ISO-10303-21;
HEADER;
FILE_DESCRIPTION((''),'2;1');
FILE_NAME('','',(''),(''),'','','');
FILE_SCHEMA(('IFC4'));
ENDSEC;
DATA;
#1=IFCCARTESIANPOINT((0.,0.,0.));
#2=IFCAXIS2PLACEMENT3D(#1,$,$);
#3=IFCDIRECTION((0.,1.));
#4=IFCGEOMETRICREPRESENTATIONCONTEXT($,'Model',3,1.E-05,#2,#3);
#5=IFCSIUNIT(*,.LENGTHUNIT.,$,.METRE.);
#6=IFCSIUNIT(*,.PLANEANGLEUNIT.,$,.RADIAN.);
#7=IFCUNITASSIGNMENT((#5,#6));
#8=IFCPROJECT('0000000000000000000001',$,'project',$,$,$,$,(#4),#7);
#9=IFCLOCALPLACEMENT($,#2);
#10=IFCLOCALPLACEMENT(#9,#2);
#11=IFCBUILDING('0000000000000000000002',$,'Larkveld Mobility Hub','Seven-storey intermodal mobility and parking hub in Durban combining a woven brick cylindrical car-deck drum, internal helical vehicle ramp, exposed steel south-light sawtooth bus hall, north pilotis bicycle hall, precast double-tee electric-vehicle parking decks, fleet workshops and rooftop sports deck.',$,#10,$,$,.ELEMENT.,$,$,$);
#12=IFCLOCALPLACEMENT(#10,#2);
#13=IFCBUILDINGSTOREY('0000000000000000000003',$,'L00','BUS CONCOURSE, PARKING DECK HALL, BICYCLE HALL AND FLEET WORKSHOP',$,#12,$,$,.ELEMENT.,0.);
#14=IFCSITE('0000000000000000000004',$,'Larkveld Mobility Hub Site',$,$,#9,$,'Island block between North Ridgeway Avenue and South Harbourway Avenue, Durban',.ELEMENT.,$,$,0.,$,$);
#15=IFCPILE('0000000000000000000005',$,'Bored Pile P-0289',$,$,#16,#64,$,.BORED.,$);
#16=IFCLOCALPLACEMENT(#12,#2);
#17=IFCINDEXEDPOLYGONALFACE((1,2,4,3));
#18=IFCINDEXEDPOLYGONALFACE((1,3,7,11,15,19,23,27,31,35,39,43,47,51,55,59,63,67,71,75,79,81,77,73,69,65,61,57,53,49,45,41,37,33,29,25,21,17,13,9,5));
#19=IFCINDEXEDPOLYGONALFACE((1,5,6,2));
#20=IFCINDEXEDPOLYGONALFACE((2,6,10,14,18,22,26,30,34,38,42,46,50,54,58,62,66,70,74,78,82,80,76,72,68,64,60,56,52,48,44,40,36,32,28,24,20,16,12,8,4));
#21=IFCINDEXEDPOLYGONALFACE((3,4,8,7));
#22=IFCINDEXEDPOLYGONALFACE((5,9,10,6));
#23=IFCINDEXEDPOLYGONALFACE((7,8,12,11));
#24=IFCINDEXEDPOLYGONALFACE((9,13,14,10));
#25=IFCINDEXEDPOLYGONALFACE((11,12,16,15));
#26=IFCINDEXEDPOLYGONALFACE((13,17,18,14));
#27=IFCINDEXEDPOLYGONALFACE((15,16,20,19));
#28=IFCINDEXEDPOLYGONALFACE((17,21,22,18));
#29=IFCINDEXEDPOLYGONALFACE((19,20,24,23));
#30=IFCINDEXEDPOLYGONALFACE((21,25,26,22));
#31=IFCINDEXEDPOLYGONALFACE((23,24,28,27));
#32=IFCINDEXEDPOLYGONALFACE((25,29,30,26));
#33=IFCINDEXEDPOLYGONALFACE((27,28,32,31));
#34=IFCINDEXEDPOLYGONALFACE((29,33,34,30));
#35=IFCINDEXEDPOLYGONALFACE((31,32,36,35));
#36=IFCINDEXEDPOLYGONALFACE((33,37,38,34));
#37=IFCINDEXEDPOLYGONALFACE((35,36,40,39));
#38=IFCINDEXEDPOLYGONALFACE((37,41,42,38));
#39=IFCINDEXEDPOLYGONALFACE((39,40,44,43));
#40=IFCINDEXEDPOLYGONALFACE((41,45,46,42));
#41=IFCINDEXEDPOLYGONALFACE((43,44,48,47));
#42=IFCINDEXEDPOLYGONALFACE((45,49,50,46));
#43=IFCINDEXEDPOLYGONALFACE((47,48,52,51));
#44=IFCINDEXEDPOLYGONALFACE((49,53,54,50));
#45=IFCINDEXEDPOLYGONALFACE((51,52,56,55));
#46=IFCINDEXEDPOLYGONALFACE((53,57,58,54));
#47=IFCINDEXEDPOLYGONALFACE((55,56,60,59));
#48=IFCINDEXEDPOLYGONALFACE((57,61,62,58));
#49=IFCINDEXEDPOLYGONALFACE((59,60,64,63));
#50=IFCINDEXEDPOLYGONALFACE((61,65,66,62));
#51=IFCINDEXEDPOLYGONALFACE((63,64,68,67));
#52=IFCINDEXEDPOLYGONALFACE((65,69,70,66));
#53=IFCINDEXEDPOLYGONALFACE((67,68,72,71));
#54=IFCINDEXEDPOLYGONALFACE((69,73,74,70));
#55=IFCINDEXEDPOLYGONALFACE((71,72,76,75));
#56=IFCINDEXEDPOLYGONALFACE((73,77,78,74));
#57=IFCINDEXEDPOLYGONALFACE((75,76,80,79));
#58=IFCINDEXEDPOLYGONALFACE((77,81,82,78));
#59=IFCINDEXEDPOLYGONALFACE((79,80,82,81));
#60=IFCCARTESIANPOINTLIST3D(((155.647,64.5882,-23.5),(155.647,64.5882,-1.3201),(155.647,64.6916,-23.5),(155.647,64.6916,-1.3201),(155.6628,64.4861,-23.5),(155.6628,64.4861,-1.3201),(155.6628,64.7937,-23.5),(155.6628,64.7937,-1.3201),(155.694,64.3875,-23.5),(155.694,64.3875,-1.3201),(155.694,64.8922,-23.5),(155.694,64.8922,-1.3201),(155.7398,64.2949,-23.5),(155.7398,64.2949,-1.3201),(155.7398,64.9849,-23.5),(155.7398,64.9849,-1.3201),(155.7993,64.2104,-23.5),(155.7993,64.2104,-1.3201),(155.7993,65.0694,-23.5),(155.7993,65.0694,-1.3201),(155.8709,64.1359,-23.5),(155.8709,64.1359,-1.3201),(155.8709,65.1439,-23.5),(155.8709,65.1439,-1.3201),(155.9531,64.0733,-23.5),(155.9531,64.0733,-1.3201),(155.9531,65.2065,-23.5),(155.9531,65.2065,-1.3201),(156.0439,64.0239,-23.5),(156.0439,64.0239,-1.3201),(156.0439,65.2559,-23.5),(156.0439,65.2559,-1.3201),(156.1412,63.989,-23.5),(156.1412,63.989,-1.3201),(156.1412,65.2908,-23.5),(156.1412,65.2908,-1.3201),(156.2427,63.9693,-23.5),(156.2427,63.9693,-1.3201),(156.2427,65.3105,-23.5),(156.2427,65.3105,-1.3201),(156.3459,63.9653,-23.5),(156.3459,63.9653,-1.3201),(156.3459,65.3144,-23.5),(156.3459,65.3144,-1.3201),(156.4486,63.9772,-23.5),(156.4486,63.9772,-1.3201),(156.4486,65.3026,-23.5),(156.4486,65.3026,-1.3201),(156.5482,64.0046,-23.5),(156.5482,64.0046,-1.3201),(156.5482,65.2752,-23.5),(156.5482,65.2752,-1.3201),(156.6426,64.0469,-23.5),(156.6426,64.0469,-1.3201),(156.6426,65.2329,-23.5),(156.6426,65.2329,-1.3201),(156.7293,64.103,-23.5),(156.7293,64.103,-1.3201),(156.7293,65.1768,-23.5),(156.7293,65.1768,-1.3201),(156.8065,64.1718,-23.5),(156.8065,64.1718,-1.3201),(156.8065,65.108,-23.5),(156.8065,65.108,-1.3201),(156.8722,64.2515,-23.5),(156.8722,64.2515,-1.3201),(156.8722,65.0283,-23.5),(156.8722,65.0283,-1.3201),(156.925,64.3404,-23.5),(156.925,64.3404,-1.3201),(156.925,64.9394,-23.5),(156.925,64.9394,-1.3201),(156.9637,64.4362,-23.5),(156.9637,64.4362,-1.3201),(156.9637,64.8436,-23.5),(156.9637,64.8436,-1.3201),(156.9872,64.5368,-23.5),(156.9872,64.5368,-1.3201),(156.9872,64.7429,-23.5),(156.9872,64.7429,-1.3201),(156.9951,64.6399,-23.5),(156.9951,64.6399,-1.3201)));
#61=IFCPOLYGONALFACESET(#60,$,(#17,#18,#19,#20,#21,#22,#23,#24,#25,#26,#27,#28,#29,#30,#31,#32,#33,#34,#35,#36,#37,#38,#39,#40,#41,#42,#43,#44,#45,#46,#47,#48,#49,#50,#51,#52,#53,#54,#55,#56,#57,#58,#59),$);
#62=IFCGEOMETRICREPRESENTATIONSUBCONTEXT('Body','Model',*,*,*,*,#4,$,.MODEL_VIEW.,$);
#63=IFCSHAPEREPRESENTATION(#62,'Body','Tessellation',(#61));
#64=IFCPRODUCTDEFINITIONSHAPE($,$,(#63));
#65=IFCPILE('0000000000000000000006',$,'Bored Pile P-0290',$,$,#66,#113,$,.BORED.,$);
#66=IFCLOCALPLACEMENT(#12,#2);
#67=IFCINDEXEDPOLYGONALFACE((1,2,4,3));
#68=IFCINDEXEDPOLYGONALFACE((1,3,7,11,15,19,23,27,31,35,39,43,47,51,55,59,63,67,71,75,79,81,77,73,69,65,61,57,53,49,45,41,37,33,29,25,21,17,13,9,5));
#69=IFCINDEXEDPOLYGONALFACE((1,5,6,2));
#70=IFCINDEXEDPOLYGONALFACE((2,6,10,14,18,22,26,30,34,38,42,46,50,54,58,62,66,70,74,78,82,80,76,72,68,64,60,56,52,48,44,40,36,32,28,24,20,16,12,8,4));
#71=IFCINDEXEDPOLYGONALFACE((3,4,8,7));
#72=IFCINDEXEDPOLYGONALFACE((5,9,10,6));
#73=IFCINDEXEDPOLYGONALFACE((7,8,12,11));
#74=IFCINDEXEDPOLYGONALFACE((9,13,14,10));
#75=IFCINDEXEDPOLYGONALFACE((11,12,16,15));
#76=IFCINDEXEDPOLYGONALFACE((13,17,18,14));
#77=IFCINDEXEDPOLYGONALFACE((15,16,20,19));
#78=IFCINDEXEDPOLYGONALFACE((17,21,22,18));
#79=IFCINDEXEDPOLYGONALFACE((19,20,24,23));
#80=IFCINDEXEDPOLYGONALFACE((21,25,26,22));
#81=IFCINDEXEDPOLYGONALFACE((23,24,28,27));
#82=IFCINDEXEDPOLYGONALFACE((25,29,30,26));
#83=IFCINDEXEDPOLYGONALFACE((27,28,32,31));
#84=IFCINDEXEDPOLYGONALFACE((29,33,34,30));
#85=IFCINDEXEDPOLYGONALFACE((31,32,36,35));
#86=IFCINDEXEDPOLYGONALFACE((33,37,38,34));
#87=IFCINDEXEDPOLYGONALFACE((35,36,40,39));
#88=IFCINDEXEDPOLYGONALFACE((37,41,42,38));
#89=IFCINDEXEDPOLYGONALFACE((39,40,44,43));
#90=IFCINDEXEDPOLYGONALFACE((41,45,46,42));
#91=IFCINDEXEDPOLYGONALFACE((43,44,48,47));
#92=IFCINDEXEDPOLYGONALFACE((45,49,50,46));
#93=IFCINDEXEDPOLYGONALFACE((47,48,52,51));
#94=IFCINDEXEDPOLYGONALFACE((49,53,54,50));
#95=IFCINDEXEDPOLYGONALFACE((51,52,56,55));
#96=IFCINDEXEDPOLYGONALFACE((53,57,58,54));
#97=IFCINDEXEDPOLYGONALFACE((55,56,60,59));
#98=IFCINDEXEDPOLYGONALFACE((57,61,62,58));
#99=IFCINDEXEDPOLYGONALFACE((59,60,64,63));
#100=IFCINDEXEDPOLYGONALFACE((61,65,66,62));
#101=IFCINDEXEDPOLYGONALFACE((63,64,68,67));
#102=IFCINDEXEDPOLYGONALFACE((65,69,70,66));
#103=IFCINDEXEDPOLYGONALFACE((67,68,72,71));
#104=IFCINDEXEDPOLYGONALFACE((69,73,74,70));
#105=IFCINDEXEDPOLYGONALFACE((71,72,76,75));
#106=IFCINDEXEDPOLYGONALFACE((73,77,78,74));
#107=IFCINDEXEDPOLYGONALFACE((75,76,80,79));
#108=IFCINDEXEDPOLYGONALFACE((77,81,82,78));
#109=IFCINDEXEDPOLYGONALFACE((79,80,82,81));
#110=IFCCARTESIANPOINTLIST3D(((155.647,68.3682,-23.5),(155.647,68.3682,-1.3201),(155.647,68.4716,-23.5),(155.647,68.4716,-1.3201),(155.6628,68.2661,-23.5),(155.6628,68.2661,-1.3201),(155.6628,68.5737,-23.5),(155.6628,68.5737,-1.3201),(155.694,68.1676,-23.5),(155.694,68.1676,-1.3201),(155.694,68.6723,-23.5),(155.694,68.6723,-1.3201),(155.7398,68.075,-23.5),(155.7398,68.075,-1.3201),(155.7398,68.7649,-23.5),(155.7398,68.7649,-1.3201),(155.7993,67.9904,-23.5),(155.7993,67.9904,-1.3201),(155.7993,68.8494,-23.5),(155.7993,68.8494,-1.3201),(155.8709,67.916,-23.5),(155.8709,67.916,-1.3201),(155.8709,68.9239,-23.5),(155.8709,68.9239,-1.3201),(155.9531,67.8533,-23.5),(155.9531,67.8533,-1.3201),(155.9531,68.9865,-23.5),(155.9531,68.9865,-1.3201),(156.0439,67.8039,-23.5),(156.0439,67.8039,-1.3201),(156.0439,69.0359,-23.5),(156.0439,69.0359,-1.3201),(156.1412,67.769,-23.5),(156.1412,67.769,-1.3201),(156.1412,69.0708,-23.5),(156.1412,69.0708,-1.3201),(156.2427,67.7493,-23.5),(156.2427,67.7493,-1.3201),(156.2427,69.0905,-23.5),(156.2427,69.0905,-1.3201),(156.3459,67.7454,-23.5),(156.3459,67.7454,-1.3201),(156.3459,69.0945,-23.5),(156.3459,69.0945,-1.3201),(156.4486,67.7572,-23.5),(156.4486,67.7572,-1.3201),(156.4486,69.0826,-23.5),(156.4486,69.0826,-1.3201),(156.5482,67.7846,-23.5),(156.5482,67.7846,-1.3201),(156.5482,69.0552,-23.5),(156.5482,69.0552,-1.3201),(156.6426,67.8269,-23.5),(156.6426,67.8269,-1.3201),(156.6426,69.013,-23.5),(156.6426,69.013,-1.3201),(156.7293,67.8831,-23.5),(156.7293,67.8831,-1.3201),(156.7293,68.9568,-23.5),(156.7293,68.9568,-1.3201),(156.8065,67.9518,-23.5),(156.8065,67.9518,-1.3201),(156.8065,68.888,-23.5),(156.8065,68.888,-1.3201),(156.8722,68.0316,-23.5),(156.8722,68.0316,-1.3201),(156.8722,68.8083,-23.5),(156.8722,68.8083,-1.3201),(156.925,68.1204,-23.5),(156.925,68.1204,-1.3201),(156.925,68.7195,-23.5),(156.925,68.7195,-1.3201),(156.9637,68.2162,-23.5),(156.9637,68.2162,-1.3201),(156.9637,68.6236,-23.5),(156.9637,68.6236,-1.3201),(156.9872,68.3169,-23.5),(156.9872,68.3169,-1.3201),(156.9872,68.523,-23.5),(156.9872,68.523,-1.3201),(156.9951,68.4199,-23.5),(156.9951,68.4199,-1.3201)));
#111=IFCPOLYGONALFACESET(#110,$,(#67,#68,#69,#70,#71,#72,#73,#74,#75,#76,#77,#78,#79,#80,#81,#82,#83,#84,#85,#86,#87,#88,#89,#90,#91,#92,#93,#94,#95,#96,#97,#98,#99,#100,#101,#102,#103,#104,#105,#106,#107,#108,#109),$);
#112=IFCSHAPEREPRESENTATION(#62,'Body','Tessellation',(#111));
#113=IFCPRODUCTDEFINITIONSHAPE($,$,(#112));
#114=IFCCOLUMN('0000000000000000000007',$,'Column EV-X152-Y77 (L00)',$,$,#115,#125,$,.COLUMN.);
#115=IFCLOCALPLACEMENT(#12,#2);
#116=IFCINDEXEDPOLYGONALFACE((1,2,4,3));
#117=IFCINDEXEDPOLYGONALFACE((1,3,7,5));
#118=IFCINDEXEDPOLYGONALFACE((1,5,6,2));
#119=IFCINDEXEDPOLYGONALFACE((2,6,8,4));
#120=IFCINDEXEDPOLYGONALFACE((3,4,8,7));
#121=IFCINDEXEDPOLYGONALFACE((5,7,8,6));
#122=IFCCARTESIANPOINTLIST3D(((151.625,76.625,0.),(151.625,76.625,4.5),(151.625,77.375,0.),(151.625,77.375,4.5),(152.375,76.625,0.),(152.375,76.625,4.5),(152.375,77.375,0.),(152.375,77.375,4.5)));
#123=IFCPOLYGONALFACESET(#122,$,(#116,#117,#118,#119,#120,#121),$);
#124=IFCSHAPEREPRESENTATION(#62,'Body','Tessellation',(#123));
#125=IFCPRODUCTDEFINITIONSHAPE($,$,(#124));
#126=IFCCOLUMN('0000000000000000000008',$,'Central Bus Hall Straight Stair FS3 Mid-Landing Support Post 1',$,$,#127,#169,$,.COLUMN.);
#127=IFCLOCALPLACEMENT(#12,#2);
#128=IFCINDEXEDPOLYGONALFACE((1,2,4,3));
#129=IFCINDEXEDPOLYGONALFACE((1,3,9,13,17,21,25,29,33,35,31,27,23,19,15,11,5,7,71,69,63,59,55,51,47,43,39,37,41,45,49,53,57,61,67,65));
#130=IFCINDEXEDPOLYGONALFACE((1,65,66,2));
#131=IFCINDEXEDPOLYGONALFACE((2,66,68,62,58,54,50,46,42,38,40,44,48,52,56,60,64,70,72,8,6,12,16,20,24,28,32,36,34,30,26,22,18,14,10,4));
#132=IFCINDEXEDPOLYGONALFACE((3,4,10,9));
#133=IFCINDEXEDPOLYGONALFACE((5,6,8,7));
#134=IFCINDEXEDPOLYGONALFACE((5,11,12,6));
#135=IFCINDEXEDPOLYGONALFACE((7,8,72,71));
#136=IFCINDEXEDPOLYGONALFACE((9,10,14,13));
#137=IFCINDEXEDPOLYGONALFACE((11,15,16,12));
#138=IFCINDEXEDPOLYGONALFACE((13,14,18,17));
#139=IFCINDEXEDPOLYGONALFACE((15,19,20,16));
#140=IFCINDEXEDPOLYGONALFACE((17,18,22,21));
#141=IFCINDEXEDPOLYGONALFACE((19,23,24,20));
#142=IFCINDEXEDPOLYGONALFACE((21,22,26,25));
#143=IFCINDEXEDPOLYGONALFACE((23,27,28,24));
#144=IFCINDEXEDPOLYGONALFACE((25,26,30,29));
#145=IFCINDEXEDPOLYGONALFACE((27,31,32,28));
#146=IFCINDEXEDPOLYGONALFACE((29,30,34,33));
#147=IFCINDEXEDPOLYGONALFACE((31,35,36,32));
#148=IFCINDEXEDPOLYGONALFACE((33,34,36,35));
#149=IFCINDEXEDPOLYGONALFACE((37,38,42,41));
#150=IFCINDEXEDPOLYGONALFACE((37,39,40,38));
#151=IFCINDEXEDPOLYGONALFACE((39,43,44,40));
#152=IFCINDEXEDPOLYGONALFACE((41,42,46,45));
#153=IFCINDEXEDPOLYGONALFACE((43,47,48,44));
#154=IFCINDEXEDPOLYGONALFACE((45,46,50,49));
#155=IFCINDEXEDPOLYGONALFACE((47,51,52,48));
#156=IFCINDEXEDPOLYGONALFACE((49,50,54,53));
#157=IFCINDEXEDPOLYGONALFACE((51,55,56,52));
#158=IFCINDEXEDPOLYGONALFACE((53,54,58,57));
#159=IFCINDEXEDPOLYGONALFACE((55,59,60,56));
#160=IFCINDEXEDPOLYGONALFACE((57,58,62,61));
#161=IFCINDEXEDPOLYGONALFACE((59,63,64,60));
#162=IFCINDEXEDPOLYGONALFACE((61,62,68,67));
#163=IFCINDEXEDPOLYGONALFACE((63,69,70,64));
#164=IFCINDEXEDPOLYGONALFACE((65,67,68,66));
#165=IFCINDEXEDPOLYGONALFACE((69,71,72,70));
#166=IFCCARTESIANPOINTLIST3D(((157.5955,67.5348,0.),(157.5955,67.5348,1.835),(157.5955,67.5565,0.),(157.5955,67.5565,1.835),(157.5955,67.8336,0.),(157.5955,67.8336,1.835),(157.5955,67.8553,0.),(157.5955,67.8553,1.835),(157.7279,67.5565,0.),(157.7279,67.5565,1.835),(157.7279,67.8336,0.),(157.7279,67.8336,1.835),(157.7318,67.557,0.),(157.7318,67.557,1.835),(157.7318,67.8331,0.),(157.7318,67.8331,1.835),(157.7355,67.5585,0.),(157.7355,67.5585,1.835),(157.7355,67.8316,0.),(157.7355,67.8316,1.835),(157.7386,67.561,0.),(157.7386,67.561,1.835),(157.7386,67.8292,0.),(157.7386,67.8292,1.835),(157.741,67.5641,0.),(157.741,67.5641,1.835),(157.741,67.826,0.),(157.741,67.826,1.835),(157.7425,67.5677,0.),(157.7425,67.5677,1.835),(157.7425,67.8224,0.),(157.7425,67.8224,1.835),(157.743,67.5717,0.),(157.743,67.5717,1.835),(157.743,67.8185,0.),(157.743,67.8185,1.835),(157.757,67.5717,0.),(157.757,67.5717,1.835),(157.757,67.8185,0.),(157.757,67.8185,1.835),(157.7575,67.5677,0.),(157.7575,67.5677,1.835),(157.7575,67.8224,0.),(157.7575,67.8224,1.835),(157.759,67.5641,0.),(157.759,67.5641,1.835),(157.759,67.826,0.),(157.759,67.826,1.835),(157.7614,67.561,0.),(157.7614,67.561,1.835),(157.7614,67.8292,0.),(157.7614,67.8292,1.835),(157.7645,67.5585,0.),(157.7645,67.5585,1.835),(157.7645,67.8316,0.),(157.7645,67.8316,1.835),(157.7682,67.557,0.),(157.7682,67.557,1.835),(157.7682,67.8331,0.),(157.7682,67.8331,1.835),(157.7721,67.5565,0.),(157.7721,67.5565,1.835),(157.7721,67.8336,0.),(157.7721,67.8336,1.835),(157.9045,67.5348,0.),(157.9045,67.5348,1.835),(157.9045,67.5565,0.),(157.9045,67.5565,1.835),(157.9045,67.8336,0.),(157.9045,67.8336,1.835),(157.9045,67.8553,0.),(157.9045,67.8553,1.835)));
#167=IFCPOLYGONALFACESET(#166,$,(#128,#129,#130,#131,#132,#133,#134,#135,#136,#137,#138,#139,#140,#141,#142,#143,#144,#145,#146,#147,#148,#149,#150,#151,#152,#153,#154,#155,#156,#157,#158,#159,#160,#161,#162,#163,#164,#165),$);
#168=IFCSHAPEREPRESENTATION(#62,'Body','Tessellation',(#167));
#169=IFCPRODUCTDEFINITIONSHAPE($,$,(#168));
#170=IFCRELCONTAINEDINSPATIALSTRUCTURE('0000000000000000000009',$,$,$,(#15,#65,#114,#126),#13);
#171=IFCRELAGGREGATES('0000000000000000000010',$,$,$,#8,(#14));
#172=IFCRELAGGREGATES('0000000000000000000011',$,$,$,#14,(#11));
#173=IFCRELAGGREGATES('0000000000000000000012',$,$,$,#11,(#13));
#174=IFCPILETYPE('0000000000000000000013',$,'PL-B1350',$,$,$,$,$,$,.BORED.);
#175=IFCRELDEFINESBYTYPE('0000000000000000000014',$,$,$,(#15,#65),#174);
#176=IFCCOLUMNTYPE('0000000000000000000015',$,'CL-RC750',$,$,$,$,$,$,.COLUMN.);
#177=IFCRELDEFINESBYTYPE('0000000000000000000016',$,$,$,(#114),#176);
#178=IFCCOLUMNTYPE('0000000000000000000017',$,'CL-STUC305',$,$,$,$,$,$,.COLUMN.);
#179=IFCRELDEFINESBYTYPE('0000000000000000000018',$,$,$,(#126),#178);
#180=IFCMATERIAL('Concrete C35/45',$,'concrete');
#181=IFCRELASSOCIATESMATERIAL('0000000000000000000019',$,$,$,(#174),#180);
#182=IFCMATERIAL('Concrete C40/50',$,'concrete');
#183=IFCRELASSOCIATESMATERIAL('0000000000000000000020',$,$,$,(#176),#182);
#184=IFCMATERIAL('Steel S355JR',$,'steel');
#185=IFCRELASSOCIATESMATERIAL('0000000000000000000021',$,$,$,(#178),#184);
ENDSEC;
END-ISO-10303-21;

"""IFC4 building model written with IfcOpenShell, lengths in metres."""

from ifc_helpers import new_model, si_unit, direction, frame, origin, origin_2d, place, context, subcontext, project, spatial, rectangle, circle, i_section, extrude, material, material_profile, profile_set, type_object, element, save


model = new_model("IFC4")

# Units and contexts
model_context = context("Model", 3, precision=1e-05, world=origin(), true_north=direction((0.0, 1.0)))
body_context = subcontext(model_context, "Body", "Model", "MODEL_VIEW")
ifc_project = project(units=[si_unit("LENGTHUNIT", "METRE"), si_unit("PLANEANGLEUNIT", "RADIAN")], contexts=[model_context])

# Site, building, storey
site_placement = place(None, origin())
site = spatial("IfcSite", under=ifc_project, at=site_placement, Name="Larkveld Mobility Hub Site", LongName="Island block between North Ridgeway Avenue and South Harbourway Avenue, Durban", CompositionType="ELEMENT", RefElevation=0.0)
building_placement = place(site_placement, origin())
building = spatial("IfcBuilding", under=site, at=building_placement, Name="Larkveld Mobility Hub", Description="Seven-storey intermodal mobility and parking hub in Durban combining a woven brick cylindrical car-deck drum, internal helical vehicle ramp, exposed steel south-light sawtooth bus hall, north pilotis bicycle hall, precast double-tee electric-vehicle parking decks, fleet workshops and rooftop sports deck.", CompositionType="ELEMENT")
storey_placement = place(building_placement, origin())
storey = spatial("IfcBuildingStorey", under=building, at=storey_placement, Name="L00", Description="BUS CONCOURSE, PARKING DECK HALL, BICYCLE HALL AND FLEET WORKSHOP", CompositionType="ELEMENT", Elevation=0.0)

# Piles
ifc_material_1 = material(Name="Concrete C35/45", Category="concrete")
ifc_material_profile_1 = material_profile(ifc_material_1, circle(Radius=0.675, at=origin_2d()), Name="PILE D1350")
ifc_profile_set_1 = profile_set([ifc_material_profile_1], Name="Concrete C35/45")
pile_type_1 = type_object("IfcPileType", Name="PL-B1350", PredefinedType="BORED", material=ifc_profile_set_1)
for number, where, z_axis, x_axis, name in (
    (1, (156.3201, 64.6399, -1.3201), (0.0, 0.0, -1.0), (1.0, 0.0, 0.0), "Bored Pile P-0289"),
    (2, (156.3201, 68.4199, -1.3201), (0.0, 0.0, -1.0), (1.0, 0.0, 0.0), "Bored Pile P-0290"),
):
    element("IfcPile", number, at=place(storey_placement, frame(where, z_axis=z_axis, x_axis=x_axis)), inside=storey, type_object=pile_type_1, Name=name, PredefinedType="BORED", context=body_context, shape_type="SweptSolid", body=[
        extrude(circle(Radius=0.675, at=origin_2d()), origin(), (0.0, 0.0, 1.0), 22.1799),
    ])

# Columns
ifc_material_2 = material(Name="Concrete C40/50", Category="concrete")
ifc_material_profile_2 = material_profile(ifc_material_2, rectangle(XDim=0.75, YDim=0.75, at=origin_2d()), Name="RC COL 750x750")
ifc_profile_set_2 = profile_set([ifc_material_profile_2], Name="Concrete C40/50")
column_type_1 = type_object("IfcColumnType", Name="CL-RC750", PredefinedType="COLUMN", material=ifc_profile_set_2)
column_placement = place(storey_placement, frame((152.0, 77.0, 0.0), z_axis=(0.0, 0.0, 1.0), x_axis=(1.0, 0.0, 0.0)))
element("IfcColumn", 3, at=column_placement, inside=storey, type_object=column_type_1, Name="Column EV-X152-Y77 (L00)", PredefinedType="COLUMN", context=body_context, shape_type="SweptSolid", body=[
    extrude(rectangle(XDim=0.75, YDim=0.75, at=origin_2d()), origin(), (0.0, 0.0, 1.0), 4.5),
])
ifc_material_3 = material(Name="Steel S355JR", Category="steel")
ifc_material_profile_3 = material_profile(ifc_material_3, i_section(OverallWidth=0.3091, OverallDepth=0.3206, WebThickness=0.0139, FlangeThickness=0.0217, FilletRadius=0.0151, at=origin_2d()), Name="UC 305x305x137")
ifc_profile_set_3 = profile_set([ifc_material_profile_3], Name="Steel S355JR")
column_type_2 = type_object("IfcColumnType", Name="CL-STUC305", PredefinedType="COLUMN", material=ifc_profile_set_3)
for number, where, z_axis, x_axis, name in (
    (4, (157.75, 67.6951, 0.0), (0.0, 0.0, 1.0), (1.0, 0.0, 0.0), "Central Bus Hall Straight Stair FS3 Mid-Landing Support Post 1"),
):
    element("IfcColumn", number, at=place(storey_placement, frame(where, z_axis=z_axis, x_axis=x_axis)), inside=storey, type_object=column_type_2, Name=name, PredefinedType="COLUMN", context=body_context, shape_type="SweptSolid", body=[
        extrude(i_section(OverallWidth=0.3091, OverallDepth=0.3206, WebThickness=0.0139, FlangeThickness=0.0217, FilletRadius=0.0151, at=origin_2d()), origin(), (0.0, 0.0, 1.0), 1.835),
    ])

save(model, "model.ifc")
